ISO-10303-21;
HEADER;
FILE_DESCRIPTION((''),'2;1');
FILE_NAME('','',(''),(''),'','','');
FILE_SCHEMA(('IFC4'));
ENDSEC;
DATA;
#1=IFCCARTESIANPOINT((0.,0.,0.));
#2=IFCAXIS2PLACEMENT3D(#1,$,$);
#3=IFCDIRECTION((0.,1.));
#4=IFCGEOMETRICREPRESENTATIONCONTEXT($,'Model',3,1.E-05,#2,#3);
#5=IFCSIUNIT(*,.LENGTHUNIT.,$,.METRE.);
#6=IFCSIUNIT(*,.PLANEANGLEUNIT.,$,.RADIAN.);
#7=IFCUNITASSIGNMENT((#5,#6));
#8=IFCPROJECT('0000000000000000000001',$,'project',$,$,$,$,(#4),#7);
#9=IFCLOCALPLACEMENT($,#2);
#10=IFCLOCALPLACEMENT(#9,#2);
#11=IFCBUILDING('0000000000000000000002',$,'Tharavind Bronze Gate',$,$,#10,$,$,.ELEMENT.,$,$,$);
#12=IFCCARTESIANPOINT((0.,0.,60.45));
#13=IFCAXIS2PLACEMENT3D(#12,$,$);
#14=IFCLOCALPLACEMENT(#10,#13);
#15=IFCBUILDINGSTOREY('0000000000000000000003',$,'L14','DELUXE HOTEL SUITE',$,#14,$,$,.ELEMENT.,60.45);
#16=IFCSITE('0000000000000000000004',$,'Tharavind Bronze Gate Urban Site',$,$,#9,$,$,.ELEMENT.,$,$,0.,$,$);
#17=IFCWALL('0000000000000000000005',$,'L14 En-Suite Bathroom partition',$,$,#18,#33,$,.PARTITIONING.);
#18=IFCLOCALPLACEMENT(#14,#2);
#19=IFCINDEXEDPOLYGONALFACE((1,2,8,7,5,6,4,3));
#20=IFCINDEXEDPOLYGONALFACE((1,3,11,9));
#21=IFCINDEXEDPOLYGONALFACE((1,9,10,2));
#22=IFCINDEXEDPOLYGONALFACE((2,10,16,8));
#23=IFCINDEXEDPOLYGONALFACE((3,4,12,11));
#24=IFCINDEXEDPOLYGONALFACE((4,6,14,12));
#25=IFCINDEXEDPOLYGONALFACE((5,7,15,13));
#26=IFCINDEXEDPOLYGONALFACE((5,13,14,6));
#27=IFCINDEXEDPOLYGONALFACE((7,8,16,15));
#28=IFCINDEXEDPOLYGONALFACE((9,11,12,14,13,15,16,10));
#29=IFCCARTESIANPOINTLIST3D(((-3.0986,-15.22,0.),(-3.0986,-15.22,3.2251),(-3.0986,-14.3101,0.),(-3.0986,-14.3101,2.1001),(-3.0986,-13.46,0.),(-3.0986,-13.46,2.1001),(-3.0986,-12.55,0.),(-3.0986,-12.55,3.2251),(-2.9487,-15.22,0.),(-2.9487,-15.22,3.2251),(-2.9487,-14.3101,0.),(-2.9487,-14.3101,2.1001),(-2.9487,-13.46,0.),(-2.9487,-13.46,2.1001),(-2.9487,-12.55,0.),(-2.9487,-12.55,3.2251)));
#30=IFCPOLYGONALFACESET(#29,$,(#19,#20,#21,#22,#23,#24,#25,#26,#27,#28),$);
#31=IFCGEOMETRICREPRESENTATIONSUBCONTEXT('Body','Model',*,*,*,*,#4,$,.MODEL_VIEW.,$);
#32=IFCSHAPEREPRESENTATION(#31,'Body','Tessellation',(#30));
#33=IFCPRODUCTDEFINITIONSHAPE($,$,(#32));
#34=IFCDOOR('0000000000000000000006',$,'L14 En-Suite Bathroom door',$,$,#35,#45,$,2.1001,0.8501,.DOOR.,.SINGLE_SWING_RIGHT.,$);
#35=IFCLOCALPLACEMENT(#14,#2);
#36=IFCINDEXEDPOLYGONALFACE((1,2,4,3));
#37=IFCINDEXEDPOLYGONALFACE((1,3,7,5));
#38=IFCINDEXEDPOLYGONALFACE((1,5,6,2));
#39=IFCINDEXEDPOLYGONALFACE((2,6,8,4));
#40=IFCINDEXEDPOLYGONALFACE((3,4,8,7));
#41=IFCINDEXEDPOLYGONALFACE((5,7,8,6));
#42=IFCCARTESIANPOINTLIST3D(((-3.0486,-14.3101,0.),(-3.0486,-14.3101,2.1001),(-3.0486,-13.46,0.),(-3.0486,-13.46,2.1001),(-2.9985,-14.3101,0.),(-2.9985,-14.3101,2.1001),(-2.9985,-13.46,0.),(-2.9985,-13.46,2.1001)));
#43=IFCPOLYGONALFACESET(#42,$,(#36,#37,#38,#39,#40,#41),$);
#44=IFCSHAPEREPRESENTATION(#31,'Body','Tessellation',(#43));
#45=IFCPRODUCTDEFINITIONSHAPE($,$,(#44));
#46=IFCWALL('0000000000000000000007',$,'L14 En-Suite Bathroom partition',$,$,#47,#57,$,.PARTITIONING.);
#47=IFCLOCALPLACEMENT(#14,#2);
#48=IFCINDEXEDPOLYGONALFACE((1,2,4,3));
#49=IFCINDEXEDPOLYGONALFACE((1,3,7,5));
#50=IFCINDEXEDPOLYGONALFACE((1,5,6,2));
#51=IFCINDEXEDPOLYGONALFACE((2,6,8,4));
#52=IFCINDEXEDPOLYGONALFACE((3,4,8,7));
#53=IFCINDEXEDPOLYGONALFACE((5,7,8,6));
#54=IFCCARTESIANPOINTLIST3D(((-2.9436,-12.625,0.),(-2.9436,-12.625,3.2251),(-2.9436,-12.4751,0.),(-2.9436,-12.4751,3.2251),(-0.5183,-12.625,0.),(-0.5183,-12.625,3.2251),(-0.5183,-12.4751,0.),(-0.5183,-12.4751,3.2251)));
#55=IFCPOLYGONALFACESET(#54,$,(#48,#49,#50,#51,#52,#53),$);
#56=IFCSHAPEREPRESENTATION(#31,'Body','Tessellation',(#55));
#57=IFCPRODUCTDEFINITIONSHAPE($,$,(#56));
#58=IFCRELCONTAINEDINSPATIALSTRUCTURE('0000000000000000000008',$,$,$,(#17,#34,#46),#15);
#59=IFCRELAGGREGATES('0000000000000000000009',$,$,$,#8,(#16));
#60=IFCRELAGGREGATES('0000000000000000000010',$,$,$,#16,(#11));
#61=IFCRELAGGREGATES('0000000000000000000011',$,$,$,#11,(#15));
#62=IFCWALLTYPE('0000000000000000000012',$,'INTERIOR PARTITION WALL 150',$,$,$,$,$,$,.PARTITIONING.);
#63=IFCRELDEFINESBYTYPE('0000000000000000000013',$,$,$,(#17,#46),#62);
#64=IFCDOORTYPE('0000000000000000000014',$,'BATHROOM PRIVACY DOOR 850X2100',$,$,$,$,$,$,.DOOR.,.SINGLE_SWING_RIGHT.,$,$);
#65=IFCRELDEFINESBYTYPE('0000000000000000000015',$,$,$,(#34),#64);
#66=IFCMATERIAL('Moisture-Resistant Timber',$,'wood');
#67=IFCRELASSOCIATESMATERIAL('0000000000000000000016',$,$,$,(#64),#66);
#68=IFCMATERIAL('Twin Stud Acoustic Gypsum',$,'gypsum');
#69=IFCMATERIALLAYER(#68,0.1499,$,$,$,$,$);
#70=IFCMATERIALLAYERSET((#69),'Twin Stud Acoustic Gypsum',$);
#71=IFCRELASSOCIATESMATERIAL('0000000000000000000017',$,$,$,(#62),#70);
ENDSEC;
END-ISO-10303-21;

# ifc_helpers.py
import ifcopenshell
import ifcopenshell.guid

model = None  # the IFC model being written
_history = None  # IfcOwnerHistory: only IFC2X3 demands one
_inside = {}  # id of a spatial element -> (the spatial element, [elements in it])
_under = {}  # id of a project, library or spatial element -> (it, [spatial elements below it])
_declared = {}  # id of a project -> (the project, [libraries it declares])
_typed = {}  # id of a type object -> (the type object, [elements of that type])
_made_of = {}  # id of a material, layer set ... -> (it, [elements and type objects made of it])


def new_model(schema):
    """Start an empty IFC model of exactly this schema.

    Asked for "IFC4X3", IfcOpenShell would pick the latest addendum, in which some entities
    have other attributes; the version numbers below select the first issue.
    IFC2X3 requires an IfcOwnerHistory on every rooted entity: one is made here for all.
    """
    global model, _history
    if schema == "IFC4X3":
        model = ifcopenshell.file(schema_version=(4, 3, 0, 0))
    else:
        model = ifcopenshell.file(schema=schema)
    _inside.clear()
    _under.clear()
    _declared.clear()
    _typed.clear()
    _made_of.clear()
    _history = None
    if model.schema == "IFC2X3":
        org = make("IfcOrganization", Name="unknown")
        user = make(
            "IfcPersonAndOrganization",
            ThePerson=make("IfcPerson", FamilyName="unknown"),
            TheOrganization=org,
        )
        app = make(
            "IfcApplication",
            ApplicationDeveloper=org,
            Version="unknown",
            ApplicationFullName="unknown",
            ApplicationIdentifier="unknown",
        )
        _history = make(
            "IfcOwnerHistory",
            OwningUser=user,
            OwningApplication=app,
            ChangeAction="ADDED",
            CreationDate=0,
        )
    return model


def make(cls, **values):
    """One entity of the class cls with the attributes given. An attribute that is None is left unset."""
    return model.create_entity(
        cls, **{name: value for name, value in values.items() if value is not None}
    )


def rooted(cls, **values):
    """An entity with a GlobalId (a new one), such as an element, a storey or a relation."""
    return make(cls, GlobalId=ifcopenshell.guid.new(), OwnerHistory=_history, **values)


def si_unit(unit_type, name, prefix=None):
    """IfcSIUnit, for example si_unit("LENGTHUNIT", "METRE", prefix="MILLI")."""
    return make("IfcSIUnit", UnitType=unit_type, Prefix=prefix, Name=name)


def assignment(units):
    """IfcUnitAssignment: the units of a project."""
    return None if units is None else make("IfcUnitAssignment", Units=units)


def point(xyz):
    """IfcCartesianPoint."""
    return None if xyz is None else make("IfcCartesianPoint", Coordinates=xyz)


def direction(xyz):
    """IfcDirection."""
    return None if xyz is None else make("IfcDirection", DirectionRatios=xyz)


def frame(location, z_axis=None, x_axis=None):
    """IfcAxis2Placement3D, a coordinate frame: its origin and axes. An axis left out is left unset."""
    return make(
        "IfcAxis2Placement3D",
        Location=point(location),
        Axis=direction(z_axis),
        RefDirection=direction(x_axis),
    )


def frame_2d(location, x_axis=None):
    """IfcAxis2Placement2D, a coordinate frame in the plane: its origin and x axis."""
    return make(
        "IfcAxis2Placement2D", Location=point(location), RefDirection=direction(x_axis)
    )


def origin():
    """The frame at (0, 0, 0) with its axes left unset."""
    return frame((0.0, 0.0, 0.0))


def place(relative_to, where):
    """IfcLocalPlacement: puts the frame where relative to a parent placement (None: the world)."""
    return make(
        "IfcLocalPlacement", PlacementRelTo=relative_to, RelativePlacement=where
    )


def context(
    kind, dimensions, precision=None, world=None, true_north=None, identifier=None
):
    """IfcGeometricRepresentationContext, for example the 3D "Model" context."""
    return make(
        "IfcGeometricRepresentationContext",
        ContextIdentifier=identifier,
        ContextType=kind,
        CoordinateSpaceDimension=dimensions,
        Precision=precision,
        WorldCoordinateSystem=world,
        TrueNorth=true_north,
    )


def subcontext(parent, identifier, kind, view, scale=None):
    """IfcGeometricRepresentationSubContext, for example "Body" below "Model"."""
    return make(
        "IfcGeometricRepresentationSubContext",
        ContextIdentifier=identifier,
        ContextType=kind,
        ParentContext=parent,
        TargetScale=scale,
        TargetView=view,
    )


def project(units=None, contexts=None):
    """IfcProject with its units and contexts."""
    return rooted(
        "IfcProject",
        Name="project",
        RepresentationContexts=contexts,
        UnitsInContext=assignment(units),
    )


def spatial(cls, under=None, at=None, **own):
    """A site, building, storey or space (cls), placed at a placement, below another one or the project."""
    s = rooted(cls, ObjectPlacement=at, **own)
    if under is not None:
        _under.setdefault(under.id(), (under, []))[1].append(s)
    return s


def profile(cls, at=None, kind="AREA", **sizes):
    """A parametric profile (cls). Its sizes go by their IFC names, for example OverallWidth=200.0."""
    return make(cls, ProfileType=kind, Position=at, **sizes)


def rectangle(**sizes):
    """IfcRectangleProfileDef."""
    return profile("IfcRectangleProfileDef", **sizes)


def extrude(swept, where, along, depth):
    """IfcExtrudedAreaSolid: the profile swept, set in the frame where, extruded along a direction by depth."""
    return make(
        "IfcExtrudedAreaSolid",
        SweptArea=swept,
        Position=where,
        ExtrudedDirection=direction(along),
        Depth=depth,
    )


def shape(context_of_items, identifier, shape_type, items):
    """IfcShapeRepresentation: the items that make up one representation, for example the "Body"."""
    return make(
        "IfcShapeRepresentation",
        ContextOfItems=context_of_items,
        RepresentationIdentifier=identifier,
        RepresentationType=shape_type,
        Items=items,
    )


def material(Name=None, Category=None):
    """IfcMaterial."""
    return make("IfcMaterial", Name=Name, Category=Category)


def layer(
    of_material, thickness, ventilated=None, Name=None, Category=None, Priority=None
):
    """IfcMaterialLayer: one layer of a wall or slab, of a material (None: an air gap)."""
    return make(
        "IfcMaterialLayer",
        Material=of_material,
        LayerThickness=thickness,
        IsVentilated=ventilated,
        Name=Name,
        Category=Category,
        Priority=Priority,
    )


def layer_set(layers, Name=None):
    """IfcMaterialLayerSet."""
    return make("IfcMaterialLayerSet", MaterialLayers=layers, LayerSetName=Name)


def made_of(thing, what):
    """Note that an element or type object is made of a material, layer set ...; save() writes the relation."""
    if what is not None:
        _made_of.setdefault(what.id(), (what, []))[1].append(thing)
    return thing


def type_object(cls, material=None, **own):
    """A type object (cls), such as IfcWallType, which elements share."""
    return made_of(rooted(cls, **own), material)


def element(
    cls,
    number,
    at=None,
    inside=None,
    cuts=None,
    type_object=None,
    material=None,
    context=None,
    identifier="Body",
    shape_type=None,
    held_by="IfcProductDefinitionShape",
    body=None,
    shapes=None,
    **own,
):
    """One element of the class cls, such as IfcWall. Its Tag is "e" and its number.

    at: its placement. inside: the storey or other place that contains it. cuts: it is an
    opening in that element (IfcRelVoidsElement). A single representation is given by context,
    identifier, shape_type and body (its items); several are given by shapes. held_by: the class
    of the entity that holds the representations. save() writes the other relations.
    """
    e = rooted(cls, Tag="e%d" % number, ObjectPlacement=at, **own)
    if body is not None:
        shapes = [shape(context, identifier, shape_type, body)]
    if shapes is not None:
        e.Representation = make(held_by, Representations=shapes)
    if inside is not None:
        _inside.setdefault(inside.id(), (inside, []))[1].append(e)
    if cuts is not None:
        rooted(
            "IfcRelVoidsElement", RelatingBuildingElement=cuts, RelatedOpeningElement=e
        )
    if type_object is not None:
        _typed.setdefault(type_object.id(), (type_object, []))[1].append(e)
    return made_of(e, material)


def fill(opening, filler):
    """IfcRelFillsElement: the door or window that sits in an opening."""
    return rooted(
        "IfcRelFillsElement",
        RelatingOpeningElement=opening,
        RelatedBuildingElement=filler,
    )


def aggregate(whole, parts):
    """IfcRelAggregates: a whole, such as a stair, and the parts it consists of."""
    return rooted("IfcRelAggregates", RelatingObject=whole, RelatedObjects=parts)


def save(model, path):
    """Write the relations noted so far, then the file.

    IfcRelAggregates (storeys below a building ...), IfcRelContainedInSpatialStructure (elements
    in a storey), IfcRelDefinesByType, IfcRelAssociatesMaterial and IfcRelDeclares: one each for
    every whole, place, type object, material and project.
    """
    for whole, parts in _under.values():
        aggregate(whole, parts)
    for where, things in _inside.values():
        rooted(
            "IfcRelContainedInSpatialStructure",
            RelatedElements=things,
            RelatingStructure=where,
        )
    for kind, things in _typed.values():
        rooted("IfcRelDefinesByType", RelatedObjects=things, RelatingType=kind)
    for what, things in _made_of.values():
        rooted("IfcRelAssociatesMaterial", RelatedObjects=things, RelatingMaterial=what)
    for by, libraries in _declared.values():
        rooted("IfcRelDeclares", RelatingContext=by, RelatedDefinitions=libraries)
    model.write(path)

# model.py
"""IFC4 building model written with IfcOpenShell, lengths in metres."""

from ifc_helpers import new_model, si_unit, direction, frame, frame_2d, origin, place, context, subcontext, project, spatial, rectangle, extrude, material, layer, layer_set, type_object, element, fill, save


model = new_model("IFC4")

# Units and contexts
model_context = context("Model", 3, precision=1e-05, world=origin(), true_north=direction((0.0, 1.0)))
body_context = subcontext(model_context, "Body", "Model", "MODEL_VIEW")
ifc_project = project(units=[si_unit("LENGTHUNIT", "METRE"), si_unit("PLANEANGLEUNIT", "RADIAN")], contexts=[model_context])

# Site, building, storey
site_placement = place(None, origin())
site = spatial("IfcSite", under=ifc_project, at=site_placement, Name="Tharavind Bronze Gate Urban Site", CompositionType="ELEMENT", RefElevation=0.0)
building_placement = place(site_placement, origin())
building = spatial("IfcBuilding", under=site, at=building_placement, Name="Tharavind Bronze Gate", CompositionType="ELEMENT")
storey_placement = place(building_placement, frame((0.0, 0.0, 60.45)))
storey = spatial("IfcBuildingStorey", under=building, at=storey_placement, Name="L14", Description="DELUXE HOTEL SUITE", CompositionType="ELEMENT", Elevation=60.45)

# Shared definitions
ifc_material_1 = material(Name="Moisture-Resistant Timber", Category="wood")
door_type_1 = type_object("IfcDoorType", Name="BATHROOM PRIVACY DOOR 850X2100", OperationType="SINGLE_SWING_RIGHT", PredefinedType="DOOR", material=ifc_material_1)

# Shared definitions
ifc_material_2 = material(Name="Twin Stud Acoustic Gypsum", Category="gypsum")
ifc_layer_1 = layer(ifc_material_2, 0.1499)
ifc_layer_set_1 = layer_set([ifc_layer_1], Name="Twin Stud Acoustic Gypsum")
wall_type_1 = type_object("IfcWallType", Name="INTERIOR PARTITION WALL 150", PredefinedType="PARTITIONING", material=ifc_layer_set_1)

# Wall, opening, door
wall_1_placement = place(storey_placement, frame((-3.0237, -15.22, 0.0), z_axis=(0.0, 0.0, 1.0), x_axis=(0.0, 1.0, 0.0)))
wall_1 = element("IfcWall", 1, at=wall_1_placement, inside=storey, type_object=wall_type_1, Name="L14 En-Suite Bathroom partition", PredefinedType="PARTITIONING", context=body_context, shape_type="SweptSolid", body=[
    extrude(rectangle(XDim=2.6699, YDim=0.1499, at=frame_2d((1.335, 0.0))), origin(), (0.0, 0.0, 1.0), 3.2251),
])
opening_1_placement = place(wall_1_placement, frame((0.9099, 0.0, 0.0)))
opening_1 = element("IfcOpeningElement", 2, at=opening_1_placement, cuts=wall_1, PredefinedType="OPENING", context=body_context, shape_type="SweptSolid", body=[
    extrude(rectangle(XDim=0.8501, YDim=2.1001, at=frame_2d((0.425, 1.05))), frame((0.0, 0.085, 0.0), z_axis=(0.0, -1.0, 0.0), x_axis=(1.0, 0.0, 0.0)), (0.0, 0.0, 1.0), 0.1699),
])
door_1_placement = place(opening_1_placement, origin())
door_1 = element("IfcDoor", 3, at=door_1_placement, inside=storey, type_object=door_type_1, Name="L14 En-Suite Bathroom door", OperationType="SINGLE_SWING_RIGHT", OverallHeight=2.1001, OverallWidth=0.8501, PredefinedType="DOOR", context=body_context, shape_type="SweptSolid", body=[
    extrude(rectangle(XDim=0.8501, YDim=2.1001, at=frame_2d((0.425, 1.05))), frame((0.0, 0.0249, 0.0), z_axis=(0.0, -1.0, 0.0), x_axis=(1.0, 0.0, 0.0)), (0.0, 0.0, 1.0), 0.05),
])
fill(opening_1, door_1)

# Wall
wall_2_placement = place(storey_placement, frame((-2.9436, -12.55, 0.0), z_axis=(0.0, 0.0, 1.0), x_axis=(1.0, 0.0, 0.0)))
element("IfcWall", 4, at=wall_2_placement, inside=storey, type_object=wall_type_1, Name="L14 En-Suite Bathroom partition", PredefinedType="PARTITIONING", context=body_context, shape_type="SweptSolid", body=[
    extrude(rectangle(XDim=2.4253, YDim=0.1499, at=frame_2d((1.2126, 0.0))), origin(), (0.0, 0.0, 1.0), 3.2251),
])

save(model, "model.ifc")
